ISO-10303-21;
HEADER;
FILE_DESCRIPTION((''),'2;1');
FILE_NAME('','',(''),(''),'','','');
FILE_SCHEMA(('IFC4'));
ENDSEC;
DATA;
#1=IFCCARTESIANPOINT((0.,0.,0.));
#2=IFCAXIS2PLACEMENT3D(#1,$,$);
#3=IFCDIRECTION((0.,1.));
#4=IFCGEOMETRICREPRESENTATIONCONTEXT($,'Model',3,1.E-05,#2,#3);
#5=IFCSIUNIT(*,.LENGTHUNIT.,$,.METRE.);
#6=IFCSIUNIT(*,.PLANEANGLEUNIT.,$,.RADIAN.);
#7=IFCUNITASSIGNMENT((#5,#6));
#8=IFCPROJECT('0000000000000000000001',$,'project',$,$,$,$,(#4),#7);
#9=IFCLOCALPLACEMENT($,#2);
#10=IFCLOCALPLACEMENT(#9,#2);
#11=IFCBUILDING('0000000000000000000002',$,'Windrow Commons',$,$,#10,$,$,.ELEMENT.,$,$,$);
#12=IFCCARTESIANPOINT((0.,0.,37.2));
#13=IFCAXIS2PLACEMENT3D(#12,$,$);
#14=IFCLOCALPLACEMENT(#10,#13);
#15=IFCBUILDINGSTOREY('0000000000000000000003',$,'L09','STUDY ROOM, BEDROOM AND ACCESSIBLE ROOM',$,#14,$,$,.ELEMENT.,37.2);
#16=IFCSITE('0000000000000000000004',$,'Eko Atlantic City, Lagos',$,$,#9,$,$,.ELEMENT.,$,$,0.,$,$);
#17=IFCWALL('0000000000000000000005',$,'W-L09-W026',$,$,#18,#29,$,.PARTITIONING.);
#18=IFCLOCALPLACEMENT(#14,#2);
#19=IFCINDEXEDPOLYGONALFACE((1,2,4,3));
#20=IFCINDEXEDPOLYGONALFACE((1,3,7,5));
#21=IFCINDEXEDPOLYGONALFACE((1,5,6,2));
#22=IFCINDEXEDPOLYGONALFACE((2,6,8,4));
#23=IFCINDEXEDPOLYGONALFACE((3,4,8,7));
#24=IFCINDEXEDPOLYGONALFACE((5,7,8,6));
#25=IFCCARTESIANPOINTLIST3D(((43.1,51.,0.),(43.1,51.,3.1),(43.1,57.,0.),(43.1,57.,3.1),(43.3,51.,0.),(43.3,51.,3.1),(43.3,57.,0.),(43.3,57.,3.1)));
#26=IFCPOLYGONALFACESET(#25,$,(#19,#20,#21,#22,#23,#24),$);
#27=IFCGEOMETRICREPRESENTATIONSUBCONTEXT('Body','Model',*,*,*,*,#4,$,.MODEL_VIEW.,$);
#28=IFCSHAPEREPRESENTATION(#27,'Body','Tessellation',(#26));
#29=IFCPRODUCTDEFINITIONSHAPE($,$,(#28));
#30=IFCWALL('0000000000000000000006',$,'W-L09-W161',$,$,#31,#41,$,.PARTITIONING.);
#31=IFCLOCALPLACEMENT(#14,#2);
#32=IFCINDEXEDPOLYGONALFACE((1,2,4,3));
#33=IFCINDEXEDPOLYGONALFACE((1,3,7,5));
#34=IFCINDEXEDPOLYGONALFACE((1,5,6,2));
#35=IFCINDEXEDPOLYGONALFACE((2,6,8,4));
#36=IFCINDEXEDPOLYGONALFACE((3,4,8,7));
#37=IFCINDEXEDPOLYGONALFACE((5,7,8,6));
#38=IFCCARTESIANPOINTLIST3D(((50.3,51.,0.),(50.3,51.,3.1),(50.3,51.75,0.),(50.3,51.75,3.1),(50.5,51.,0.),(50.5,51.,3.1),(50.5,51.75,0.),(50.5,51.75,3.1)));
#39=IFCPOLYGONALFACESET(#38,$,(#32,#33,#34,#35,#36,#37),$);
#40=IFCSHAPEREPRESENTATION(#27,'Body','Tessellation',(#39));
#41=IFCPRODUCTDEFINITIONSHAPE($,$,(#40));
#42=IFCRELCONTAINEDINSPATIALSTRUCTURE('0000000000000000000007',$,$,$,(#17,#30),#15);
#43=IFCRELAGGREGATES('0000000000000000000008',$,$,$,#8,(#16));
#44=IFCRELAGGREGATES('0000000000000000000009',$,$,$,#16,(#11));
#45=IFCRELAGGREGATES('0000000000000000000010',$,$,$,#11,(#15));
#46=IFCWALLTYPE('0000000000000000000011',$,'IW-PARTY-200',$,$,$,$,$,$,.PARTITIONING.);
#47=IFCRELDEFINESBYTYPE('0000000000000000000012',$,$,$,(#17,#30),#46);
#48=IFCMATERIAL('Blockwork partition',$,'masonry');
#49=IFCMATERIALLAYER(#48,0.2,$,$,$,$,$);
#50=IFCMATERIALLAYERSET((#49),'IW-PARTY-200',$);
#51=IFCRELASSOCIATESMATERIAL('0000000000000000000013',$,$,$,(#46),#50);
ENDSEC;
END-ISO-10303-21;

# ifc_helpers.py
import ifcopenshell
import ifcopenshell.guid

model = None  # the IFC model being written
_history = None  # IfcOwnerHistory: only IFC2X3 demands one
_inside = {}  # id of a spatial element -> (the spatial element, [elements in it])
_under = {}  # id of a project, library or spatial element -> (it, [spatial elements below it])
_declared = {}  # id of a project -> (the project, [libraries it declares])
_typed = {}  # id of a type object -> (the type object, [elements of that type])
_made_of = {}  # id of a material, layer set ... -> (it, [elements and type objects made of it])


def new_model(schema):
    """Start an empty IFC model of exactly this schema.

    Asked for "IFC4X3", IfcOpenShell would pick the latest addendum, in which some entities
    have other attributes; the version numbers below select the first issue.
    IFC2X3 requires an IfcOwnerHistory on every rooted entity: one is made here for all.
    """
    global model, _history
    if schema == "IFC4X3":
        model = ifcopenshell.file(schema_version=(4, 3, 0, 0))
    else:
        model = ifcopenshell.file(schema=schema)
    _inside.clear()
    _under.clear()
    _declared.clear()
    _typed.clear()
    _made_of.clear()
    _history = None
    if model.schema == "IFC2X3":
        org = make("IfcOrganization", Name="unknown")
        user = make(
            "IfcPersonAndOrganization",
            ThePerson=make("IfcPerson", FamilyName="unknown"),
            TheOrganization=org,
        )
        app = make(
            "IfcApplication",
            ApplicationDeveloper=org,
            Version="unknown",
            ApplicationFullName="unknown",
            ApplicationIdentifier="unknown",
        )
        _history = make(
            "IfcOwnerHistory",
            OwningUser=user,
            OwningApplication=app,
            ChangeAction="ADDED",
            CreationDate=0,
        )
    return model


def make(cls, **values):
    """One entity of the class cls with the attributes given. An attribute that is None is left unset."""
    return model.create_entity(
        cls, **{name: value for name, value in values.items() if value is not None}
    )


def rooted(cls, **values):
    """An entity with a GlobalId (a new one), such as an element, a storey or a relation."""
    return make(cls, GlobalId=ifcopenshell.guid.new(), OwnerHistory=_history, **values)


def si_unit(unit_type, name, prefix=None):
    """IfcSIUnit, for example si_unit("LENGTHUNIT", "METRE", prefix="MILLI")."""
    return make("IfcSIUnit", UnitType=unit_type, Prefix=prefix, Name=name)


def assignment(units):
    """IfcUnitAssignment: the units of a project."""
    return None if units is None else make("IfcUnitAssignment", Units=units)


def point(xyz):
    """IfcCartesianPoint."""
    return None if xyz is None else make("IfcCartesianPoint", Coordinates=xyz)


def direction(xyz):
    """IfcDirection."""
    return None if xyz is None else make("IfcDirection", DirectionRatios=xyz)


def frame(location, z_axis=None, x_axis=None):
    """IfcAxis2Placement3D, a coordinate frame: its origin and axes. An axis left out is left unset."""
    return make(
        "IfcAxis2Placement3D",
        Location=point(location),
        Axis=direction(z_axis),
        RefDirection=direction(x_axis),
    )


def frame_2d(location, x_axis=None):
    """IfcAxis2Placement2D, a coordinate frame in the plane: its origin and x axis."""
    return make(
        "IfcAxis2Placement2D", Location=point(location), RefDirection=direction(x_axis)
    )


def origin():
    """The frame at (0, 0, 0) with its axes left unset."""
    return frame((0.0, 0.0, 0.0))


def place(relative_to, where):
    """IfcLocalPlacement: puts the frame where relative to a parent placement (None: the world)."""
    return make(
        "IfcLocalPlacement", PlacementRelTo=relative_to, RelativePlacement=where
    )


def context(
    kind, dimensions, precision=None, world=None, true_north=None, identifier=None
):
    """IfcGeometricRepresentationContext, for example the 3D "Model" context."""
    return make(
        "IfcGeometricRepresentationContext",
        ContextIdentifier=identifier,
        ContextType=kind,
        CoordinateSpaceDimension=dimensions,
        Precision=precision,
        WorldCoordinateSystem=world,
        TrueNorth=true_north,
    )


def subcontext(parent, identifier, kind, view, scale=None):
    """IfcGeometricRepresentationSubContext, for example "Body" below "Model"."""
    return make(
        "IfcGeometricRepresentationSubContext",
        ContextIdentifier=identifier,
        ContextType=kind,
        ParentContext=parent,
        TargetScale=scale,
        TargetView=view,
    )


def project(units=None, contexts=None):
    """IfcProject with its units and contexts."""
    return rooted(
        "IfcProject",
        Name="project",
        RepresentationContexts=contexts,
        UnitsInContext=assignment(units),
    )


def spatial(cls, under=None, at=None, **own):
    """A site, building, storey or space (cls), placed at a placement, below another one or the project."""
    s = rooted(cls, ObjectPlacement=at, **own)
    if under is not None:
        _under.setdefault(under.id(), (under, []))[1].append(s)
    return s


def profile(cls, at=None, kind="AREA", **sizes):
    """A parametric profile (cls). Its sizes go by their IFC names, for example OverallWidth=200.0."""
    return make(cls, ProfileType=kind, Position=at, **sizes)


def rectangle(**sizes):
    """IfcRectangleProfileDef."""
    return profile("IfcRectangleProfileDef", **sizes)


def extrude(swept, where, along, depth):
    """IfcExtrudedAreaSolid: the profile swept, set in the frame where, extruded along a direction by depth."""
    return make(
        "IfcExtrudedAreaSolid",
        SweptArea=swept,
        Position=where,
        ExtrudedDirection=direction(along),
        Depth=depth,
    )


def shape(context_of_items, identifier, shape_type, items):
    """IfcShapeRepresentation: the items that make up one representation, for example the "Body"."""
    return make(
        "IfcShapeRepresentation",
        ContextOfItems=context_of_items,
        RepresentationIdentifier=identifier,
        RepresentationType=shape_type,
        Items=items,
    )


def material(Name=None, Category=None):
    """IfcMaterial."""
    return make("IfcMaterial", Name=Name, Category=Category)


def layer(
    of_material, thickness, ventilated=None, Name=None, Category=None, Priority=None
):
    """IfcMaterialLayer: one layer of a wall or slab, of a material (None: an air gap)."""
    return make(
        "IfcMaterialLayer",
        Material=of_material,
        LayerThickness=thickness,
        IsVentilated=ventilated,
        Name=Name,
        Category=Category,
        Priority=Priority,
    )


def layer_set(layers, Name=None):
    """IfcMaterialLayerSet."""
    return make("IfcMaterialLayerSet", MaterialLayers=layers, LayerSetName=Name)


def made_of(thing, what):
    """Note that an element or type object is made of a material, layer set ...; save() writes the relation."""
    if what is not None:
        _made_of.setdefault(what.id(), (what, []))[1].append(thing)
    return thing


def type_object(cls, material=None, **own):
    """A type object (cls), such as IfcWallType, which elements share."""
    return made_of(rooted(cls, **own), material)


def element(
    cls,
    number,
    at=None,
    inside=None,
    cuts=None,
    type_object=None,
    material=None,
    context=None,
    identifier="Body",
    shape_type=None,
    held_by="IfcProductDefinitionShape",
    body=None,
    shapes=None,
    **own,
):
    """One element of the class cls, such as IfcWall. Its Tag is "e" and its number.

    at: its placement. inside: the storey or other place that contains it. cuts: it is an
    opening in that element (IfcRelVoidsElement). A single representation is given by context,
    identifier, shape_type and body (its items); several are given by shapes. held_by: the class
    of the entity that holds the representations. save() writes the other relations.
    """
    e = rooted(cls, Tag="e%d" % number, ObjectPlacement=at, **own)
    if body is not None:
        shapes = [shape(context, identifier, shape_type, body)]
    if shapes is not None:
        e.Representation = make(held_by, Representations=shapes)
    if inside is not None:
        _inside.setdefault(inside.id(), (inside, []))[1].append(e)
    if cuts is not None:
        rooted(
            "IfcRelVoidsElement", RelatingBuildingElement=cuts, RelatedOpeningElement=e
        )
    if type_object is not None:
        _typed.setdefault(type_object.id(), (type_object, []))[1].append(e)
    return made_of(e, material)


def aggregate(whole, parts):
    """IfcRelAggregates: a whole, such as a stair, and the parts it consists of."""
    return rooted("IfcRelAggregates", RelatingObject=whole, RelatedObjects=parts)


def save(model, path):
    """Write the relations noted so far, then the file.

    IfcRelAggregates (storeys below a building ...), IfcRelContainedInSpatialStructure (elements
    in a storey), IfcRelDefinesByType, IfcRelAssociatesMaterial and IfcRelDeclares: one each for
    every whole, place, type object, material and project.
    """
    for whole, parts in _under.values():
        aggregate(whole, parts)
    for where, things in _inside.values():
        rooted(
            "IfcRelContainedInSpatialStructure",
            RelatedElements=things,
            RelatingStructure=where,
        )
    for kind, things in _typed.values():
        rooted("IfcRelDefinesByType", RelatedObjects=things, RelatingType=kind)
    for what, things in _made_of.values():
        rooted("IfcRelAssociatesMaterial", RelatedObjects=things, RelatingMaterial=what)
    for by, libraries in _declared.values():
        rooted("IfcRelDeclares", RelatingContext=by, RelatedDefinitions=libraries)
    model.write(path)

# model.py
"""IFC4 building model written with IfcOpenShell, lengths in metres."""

from ifc_helpers import new_model, si_unit, direction, frame, frame_2d, origin, place, context, subcontext, project, spatial, rectangle, extrude, material, layer, layer_set, type_object, element, save


model = new_model("IFC4")

# Units and contexts
model_context = context("Model", 3, precision=1e-05, world=origin(), true_north=direction((0.0, 1.0)))
body_context = subcontext(model_context, "Body", "Model", "MODEL_VIEW")
ifc_project = project(units=[si_unit("LENGTHUNIT", "METRE"), si_unit("PLANEANGLEUNIT", "RADIAN")], contexts=[model_context])

# Site, building, storey
site_placement = place(None, origin())
site = spatial("IfcSite", under=ifc_project, at=site_placement, Name="Eko Atlantic City, Lagos", CompositionType="ELEMENT", RefElevation=0.0)
building_placement = place(site_placement, origin())
building = spatial("IfcBuilding", under=site, at=building_placement, Name="Windrow Commons", CompositionType="ELEMENT")
storey_placement = place(building_placement, frame((0.0, 0.0, 37.2)))
storey = spatial("IfcBuildingStorey", under=building, at=storey_placement, Name="L09", Description="STUDY ROOM, BEDROOM AND ACCESSIBLE ROOM", CompositionType="ELEMENT", Elevation=37.2)

# Walls
ifc_material_1 = material(Name="Blockwork partition", Category="masonry")
ifc_layer_1 = layer(ifc_material_1, 0.2)
ifc_layer_set_1 = layer_set([ifc_layer_1], Name="IW-PARTY-200")
wall_type_1 = type_object("IfcWallType", Name="IW-PARTY-200", PredefinedType="PARTITIONING", material=ifc_layer_set_1)
wall_1_placement = place(storey_placement, frame((43.2, 51.0, 0.0), z_axis=(0.0, 0.0, 1.0), x_axis=(0.0, 1.0, 0.0)))
element("IfcWall", 1, at=wall_1_placement, inside=storey, type_object=wall_type_1, Name="W-L09-W026", PredefinedType="PARTITIONING", context=body_context, shape_type="SweptSolid", body=[
    extrude(rectangle(XDim=6.0, YDim=0.2, at=frame_2d((3.0, 0.0))), origin(), (0.0, 0.0, 1.0), 3.1),
])
wall_2_placement = place(storey_placement, frame((50.4, 51.0, 0.0), z_axis=(0.0, 0.0, 1.0), x_axis=(0.0, 1.0, 0.0)))
element("IfcWall", 2, at=wall_2_placement, inside=storey, type_object=wall_type_1, Name="W-L09-W161", PredefinedType="PARTITIONING", context=body_context, shape_type="SweptSolid", body=[
    extrude(rectangle(XDim=0.75, YDim=0.2, at=frame_2d((0.375, 0.0))), origin(), (0.0, 0.0, 1.0), 3.1),
])

save(model, "model.ifc")
